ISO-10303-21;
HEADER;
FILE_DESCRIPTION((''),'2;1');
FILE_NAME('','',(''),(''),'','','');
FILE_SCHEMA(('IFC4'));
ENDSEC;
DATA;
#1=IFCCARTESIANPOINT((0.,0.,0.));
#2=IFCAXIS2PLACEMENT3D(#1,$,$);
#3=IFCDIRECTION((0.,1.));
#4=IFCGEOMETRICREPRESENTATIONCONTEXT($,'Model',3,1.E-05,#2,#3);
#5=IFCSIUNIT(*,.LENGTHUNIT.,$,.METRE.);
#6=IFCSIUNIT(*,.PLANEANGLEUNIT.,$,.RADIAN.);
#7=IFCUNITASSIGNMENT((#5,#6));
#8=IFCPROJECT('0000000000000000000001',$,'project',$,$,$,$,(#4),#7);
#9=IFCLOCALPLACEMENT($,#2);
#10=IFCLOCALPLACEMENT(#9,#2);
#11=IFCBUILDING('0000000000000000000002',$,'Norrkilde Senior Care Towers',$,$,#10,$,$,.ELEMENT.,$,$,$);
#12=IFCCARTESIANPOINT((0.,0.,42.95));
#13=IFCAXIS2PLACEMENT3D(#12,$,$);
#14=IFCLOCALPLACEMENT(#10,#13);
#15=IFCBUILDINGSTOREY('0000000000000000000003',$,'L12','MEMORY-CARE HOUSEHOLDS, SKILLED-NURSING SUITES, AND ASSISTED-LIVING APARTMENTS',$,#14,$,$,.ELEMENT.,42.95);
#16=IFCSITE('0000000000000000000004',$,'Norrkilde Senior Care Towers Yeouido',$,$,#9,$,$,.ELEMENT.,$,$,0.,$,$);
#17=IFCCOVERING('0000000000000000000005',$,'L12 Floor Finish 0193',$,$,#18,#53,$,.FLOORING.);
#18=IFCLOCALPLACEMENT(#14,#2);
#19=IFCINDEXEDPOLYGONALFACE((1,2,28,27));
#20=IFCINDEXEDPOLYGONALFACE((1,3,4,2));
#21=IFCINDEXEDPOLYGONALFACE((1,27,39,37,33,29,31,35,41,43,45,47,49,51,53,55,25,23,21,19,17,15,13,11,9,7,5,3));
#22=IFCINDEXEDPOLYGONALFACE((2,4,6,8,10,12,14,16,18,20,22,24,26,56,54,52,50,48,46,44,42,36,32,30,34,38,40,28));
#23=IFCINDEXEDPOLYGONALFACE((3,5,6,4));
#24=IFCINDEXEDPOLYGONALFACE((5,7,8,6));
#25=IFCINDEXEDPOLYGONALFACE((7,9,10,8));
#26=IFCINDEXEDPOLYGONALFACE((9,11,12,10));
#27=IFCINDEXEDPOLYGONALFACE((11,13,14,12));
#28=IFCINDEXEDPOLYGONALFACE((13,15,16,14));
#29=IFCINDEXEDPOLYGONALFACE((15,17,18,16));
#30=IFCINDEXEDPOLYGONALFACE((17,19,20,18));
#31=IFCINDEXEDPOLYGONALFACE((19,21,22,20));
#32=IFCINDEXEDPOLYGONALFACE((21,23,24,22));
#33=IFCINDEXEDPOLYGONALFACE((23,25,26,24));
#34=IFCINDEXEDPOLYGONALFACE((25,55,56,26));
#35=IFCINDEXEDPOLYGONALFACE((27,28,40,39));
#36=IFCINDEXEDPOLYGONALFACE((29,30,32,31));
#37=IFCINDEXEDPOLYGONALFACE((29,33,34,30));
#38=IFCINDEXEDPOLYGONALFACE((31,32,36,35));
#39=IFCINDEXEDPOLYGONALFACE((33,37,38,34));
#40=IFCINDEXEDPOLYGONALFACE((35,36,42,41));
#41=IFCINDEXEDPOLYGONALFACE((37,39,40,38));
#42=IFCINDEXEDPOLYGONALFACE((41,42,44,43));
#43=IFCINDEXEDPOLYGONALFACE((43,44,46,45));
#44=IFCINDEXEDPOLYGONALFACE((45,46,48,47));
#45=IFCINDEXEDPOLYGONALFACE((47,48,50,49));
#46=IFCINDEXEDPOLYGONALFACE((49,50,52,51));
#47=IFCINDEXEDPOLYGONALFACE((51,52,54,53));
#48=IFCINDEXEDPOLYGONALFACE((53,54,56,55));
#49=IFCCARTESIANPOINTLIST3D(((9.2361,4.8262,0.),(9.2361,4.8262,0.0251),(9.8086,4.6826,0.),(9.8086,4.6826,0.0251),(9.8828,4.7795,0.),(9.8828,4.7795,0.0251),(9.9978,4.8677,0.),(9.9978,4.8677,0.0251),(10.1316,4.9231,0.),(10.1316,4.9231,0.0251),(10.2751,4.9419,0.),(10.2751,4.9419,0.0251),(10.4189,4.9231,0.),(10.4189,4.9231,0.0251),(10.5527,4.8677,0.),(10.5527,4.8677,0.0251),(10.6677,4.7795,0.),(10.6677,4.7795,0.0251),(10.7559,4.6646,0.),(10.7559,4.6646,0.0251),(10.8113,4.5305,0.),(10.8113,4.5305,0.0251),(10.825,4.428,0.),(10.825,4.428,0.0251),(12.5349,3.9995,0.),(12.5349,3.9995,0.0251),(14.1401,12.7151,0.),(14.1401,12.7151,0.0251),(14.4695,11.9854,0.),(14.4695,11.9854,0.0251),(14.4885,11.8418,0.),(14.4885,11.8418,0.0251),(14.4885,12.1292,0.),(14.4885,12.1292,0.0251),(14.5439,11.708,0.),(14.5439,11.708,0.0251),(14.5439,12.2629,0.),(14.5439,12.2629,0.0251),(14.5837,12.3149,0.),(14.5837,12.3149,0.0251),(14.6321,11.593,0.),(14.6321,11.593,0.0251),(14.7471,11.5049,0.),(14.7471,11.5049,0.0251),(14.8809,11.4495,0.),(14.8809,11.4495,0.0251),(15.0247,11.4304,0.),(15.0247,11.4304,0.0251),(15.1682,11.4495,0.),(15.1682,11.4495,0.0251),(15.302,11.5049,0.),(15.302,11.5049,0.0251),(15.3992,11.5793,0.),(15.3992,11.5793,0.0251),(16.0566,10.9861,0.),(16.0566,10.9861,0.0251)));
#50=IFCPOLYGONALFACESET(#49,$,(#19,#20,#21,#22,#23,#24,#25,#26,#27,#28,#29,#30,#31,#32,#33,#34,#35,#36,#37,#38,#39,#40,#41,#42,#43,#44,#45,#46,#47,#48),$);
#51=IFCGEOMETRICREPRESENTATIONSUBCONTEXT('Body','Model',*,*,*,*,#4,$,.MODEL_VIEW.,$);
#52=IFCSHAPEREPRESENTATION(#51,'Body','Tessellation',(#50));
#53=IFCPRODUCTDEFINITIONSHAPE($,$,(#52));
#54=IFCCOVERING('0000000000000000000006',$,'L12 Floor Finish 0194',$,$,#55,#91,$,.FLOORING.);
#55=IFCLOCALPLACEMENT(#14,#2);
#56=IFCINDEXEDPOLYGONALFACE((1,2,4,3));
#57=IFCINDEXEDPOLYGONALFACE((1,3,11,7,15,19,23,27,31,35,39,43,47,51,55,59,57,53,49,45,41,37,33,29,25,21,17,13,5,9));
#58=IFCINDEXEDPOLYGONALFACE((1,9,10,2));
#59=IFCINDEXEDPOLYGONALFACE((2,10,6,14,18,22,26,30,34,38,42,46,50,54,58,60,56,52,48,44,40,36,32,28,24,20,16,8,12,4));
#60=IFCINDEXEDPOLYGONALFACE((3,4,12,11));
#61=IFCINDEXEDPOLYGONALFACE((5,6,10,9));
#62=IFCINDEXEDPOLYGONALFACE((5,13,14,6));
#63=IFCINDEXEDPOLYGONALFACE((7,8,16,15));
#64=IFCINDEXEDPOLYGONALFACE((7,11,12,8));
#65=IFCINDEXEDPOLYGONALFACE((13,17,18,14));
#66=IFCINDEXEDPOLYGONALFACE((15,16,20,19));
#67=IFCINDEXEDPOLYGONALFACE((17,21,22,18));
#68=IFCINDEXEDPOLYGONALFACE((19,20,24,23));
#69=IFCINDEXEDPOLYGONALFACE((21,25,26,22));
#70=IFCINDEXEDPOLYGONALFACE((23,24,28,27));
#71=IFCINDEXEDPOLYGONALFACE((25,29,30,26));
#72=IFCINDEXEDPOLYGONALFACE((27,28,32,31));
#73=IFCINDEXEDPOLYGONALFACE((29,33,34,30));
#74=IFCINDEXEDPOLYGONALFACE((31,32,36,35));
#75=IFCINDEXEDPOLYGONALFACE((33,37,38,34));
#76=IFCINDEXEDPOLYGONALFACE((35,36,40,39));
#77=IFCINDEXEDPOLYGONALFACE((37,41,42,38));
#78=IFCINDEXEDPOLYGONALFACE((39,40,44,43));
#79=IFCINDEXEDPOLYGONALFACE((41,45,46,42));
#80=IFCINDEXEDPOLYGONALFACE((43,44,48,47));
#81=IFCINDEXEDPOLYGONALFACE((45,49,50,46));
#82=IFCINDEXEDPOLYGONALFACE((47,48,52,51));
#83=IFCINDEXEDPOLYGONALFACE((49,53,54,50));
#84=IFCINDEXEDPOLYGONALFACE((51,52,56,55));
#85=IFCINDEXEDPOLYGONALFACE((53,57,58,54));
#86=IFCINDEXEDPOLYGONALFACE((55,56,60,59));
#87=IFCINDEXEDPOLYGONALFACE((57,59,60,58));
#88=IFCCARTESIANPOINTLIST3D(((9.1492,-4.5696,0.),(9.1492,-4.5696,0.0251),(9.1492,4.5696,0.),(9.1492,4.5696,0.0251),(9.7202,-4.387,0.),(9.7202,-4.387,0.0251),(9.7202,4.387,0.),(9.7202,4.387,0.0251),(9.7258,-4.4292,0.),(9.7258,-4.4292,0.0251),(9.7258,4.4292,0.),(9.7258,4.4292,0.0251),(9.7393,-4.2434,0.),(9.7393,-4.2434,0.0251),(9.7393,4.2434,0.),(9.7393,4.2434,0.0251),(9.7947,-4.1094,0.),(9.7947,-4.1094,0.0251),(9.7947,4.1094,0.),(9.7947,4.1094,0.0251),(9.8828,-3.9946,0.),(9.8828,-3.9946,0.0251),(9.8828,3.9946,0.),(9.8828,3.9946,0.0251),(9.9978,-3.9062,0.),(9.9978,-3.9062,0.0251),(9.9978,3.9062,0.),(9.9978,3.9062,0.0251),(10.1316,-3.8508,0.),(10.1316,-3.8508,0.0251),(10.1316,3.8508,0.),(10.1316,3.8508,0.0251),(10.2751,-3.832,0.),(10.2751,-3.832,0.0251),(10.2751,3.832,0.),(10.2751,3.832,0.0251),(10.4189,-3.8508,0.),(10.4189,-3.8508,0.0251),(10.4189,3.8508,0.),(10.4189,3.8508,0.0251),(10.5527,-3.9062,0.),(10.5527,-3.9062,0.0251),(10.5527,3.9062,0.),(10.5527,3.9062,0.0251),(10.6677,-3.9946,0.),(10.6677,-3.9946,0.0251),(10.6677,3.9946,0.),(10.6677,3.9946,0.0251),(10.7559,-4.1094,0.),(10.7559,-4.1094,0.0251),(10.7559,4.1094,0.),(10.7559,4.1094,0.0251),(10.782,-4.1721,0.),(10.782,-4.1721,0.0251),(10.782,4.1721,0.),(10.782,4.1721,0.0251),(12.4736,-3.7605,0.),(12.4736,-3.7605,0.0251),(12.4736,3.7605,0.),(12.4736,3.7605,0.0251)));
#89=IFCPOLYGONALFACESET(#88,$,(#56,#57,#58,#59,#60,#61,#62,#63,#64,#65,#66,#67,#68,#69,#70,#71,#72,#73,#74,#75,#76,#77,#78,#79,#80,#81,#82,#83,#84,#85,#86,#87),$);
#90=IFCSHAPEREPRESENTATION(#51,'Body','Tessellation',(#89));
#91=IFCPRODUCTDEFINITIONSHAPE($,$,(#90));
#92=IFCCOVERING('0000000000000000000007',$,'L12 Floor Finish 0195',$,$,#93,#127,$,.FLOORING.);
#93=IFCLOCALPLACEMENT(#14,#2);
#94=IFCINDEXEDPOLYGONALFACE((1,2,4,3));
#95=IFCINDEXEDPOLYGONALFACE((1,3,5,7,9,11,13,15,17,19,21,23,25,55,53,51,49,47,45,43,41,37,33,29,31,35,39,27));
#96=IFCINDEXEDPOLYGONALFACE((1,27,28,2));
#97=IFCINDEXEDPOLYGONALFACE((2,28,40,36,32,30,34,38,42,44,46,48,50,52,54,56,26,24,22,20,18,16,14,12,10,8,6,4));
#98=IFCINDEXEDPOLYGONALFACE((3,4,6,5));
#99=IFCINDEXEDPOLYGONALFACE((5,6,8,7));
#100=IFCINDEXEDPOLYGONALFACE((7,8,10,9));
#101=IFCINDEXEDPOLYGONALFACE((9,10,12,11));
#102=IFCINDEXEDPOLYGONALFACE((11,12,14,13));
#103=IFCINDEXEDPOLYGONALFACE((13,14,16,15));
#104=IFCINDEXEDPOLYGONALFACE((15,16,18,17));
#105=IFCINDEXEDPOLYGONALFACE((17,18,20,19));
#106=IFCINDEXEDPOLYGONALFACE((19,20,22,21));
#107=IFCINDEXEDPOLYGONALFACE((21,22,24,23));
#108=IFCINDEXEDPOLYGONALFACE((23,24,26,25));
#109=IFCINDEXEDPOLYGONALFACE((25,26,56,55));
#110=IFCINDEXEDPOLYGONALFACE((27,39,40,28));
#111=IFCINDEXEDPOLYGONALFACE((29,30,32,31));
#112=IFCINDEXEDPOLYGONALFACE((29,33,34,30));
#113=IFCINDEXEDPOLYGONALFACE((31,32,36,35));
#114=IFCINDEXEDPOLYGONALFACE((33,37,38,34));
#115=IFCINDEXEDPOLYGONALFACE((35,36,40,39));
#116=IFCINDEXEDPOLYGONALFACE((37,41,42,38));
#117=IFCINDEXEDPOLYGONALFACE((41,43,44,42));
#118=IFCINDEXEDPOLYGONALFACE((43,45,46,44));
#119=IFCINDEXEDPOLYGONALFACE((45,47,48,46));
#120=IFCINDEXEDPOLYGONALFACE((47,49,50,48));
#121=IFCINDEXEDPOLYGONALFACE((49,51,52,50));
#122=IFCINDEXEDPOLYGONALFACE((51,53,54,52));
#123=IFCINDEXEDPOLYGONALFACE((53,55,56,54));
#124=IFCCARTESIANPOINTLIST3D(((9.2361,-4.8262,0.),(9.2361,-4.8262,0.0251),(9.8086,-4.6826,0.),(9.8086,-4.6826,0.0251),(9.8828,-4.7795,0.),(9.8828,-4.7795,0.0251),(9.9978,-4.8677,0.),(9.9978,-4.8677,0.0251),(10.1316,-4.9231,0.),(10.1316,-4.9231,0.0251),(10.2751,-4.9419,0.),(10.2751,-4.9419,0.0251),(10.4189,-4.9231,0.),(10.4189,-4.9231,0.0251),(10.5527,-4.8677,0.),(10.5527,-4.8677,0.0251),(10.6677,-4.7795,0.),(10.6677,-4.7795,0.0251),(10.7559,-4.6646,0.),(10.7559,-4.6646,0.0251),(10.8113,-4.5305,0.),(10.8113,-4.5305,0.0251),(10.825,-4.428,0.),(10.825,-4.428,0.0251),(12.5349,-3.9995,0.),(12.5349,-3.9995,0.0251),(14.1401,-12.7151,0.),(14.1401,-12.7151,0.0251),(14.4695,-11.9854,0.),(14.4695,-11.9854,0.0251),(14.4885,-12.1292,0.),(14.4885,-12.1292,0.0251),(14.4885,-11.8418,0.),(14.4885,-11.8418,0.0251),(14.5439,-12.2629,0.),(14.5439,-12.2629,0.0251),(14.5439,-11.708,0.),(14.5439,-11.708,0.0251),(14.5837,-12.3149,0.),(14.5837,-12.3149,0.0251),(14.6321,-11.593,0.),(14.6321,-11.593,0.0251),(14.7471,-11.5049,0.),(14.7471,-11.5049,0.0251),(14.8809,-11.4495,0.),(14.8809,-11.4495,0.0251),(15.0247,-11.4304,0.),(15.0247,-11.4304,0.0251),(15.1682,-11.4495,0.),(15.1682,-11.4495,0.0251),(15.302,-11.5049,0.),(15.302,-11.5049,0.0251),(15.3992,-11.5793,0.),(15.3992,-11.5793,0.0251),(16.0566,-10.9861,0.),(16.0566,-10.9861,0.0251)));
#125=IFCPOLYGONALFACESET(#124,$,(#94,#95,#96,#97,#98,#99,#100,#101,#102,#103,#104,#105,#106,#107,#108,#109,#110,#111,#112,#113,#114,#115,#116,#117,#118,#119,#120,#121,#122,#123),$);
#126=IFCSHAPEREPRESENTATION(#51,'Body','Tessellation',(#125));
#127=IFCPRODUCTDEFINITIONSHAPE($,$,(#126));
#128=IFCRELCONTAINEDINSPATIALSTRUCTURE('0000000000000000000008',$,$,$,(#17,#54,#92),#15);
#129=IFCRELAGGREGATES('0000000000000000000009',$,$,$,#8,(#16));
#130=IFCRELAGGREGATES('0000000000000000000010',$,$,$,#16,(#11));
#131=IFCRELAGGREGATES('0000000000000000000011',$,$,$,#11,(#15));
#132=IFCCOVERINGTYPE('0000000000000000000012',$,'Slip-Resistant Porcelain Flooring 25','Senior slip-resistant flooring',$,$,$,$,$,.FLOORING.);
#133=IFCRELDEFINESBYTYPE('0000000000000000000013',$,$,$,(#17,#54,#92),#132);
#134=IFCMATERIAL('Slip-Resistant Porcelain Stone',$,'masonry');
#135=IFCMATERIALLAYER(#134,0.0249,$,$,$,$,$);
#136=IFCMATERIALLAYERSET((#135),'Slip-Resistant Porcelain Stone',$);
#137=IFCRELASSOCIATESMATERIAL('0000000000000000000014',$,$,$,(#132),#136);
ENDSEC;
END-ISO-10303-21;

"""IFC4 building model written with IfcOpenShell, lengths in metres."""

from ifc_helpers import new_model, si_unit, direction, frame, origin, place, context, subcontext, project, spatial, polyline, outline, extrude, material, layer, layer_set, type_object, element, save


model = new_model("IFC4")

# Units and contexts
model_context = context("Model", 3, precision=1e-05, world=origin(), true_north=direction((0.0, 1.0)))
body_context = subcontext(model_context, "Body", "Model", "MODEL_VIEW")
ifc_project = project(units=[si_unit("LENGTHUNIT", "METRE"), si_unit("PLANEANGLEUNIT", "RADIAN")], contexts=[model_context])

# Site, building, storey
site_placement = place(None, origin())
site = spatial("IfcSite", under=ifc_project, at=site_placement, Name="Norrkilde Senior Care Towers Yeouido", CompositionType="ELEMENT", RefElevation=0.0)
building_placement = place(site_placement, origin())
building = spatial("IfcBuilding", under=site, at=building_placement, Name="Norrkilde Senior Care Towers", CompositionType="ELEMENT")
storey_placement = place(building_placement, frame((0.0, 0.0, 42.95)))
storey = spatial("IfcBuildingStorey", under=building, at=storey_placement, Name="L12", Description="MEMORY-CARE HOUSEHOLDS, SKILLED-NURSING SUITES, AND ASSISTED-LIVING APARTMENTS", CompositionType="ELEMENT", Elevation=42.95)

# Coverings
ifc_material_1 = material(Name="Slip-Resistant Porcelain Stone", Category="masonry")
ifc_layer_1 = layer(ifc_material_1, 0.0249)
ifc_layer_set_1 = layer_set([ifc_layer_1], Name="Slip-Resistant Porcelain Stone")
covering_type_1 = type_object("IfcCoveringType", Name="Slip-Resistant Porcelain Flooring 25", Description="Senior slip-resistant flooring", PredefinedType="FLOORING", material=ifc_layer_set_1)
covering_1_placement = place(storey_placement, origin())
element("IfcCovering", 1, at=covering_1_placement, inside=storey, type_object=covering_type_1, Name="L12 Floor Finish 0193", PredefinedType="FLOORING", context=body_context, shape_type="SweptSolid", body=[
    extrude(outline(polyline([(10.825, 4.428), (10.8113, 4.5305), (10.7559, 4.6646), (10.6677, 4.7795), (10.5527, 4.8677), (10.4189, 4.9231), (10.2751, 4.9419), (10.1316, 4.9231), (9.9978, 4.8677), (9.8828, 4.7795), (9.8086, 4.6826), (9.2361, 4.8262), (14.1401, 12.7151), (14.5837, 12.3149), (14.5439, 12.2629), (14.4885, 12.1292), (14.4695, 11.9854), (14.4885, 11.8418), (14.5439, 11.708), (14.6321, 11.593), (14.7471, 11.5049), (14.8809, 11.4495), (15.0247, 11.4304), (15.1682, 11.4495), (15.302, 11.5049), (15.3992, 11.5793), (16.0566, 10.9861), (12.5349, 3.9995), (10.825, 4.428)])), origin(), (0.0, 0.0, 1.0), 0.0251),
])
covering_2_placement = place(storey_placement, origin())
element("IfcCovering", 2, at=covering_2_placement, inside=storey, type_object=covering_type_1, Name="L12 Floor Finish 0194", PredefinedType="FLOORING", context=body_context, shape_type="SweptSolid", body=[
    extrude(outline(polyline([(9.7202, 4.387), (9.7393, 4.2434), (9.7947, 4.1094), (9.8828, 3.9946), (9.9978, 3.9062), (10.1316, 3.8508), (10.2751, 3.832), (10.4189, 3.8508), (10.5527, 3.9062), (10.6677, 3.9946), (10.7559, 4.1094), (10.782, 4.1721), (12.4736, 3.7605), (12.4736, -3.7605), (10.782, -4.1721), (10.7559, -4.1094), (10.6677, -3.9946), (10.5527, -3.9062), (10.4189, -3.8508), (10.2751, -3.832), (10.1316, -3.8508), (9.9978, -3.9062), (9.8828, -3.9946), (9.7947, -4.1094), (9.7393, -4.2434), (9.7202, -4.387), (9.7258, -4.4292), (9.1492, -4.5696), (9.1492, 4.5696), (9.7258, 4.4292), (9.7202, 4.387)])), origin(), (0.0, 0.0, 1.0), 0.0251),
])
covering_3_placement = place(storey_placement, origin())
element("IfcCovering", 3, at=covering_3_placement, inside=storey, type_object=covering_type_1, Name="L12 Floor Finish 0195", PredefinedType="FLOORING", context=body_context, shape_type="SweptSolid", body=[
    extrude(outline(polyline([(9.8828, -4.7795), (9.9978, -4.8677), (10.1316, -4.9231), (10.2751, -4.9419), (10.4189, -4.9231), (10.5527, -4.8677), (10.6677, -4.7795), (10.7559, -4.6646), (10.8113, -4.5305), (10.825, -4.428), (12.5349, -3.9995), (16.0566, -10.9861), (15.3992, -11.5793), (15.302, -11.5049), (15.1682, -11.4495), (15.0247, -11.4304), (14.8809, -11.4495), (14.7471, -11.5049), (14.6321, -11.593), (14.5439, -11.708), (14.4885, -11.8418), (14.4695, -11.9854), (14.4885, -12.1292), (14.5439, -12.2629), (14.5837, -12.3149), (14.1401, -12.7151), (9.2361, -4.8262), (9.8086, -4.6826), (9.8828, -4.7795)])), origin(), (0.0, 0.0, 1.0), 0.0251),
])

save(model, "model.ifc")
